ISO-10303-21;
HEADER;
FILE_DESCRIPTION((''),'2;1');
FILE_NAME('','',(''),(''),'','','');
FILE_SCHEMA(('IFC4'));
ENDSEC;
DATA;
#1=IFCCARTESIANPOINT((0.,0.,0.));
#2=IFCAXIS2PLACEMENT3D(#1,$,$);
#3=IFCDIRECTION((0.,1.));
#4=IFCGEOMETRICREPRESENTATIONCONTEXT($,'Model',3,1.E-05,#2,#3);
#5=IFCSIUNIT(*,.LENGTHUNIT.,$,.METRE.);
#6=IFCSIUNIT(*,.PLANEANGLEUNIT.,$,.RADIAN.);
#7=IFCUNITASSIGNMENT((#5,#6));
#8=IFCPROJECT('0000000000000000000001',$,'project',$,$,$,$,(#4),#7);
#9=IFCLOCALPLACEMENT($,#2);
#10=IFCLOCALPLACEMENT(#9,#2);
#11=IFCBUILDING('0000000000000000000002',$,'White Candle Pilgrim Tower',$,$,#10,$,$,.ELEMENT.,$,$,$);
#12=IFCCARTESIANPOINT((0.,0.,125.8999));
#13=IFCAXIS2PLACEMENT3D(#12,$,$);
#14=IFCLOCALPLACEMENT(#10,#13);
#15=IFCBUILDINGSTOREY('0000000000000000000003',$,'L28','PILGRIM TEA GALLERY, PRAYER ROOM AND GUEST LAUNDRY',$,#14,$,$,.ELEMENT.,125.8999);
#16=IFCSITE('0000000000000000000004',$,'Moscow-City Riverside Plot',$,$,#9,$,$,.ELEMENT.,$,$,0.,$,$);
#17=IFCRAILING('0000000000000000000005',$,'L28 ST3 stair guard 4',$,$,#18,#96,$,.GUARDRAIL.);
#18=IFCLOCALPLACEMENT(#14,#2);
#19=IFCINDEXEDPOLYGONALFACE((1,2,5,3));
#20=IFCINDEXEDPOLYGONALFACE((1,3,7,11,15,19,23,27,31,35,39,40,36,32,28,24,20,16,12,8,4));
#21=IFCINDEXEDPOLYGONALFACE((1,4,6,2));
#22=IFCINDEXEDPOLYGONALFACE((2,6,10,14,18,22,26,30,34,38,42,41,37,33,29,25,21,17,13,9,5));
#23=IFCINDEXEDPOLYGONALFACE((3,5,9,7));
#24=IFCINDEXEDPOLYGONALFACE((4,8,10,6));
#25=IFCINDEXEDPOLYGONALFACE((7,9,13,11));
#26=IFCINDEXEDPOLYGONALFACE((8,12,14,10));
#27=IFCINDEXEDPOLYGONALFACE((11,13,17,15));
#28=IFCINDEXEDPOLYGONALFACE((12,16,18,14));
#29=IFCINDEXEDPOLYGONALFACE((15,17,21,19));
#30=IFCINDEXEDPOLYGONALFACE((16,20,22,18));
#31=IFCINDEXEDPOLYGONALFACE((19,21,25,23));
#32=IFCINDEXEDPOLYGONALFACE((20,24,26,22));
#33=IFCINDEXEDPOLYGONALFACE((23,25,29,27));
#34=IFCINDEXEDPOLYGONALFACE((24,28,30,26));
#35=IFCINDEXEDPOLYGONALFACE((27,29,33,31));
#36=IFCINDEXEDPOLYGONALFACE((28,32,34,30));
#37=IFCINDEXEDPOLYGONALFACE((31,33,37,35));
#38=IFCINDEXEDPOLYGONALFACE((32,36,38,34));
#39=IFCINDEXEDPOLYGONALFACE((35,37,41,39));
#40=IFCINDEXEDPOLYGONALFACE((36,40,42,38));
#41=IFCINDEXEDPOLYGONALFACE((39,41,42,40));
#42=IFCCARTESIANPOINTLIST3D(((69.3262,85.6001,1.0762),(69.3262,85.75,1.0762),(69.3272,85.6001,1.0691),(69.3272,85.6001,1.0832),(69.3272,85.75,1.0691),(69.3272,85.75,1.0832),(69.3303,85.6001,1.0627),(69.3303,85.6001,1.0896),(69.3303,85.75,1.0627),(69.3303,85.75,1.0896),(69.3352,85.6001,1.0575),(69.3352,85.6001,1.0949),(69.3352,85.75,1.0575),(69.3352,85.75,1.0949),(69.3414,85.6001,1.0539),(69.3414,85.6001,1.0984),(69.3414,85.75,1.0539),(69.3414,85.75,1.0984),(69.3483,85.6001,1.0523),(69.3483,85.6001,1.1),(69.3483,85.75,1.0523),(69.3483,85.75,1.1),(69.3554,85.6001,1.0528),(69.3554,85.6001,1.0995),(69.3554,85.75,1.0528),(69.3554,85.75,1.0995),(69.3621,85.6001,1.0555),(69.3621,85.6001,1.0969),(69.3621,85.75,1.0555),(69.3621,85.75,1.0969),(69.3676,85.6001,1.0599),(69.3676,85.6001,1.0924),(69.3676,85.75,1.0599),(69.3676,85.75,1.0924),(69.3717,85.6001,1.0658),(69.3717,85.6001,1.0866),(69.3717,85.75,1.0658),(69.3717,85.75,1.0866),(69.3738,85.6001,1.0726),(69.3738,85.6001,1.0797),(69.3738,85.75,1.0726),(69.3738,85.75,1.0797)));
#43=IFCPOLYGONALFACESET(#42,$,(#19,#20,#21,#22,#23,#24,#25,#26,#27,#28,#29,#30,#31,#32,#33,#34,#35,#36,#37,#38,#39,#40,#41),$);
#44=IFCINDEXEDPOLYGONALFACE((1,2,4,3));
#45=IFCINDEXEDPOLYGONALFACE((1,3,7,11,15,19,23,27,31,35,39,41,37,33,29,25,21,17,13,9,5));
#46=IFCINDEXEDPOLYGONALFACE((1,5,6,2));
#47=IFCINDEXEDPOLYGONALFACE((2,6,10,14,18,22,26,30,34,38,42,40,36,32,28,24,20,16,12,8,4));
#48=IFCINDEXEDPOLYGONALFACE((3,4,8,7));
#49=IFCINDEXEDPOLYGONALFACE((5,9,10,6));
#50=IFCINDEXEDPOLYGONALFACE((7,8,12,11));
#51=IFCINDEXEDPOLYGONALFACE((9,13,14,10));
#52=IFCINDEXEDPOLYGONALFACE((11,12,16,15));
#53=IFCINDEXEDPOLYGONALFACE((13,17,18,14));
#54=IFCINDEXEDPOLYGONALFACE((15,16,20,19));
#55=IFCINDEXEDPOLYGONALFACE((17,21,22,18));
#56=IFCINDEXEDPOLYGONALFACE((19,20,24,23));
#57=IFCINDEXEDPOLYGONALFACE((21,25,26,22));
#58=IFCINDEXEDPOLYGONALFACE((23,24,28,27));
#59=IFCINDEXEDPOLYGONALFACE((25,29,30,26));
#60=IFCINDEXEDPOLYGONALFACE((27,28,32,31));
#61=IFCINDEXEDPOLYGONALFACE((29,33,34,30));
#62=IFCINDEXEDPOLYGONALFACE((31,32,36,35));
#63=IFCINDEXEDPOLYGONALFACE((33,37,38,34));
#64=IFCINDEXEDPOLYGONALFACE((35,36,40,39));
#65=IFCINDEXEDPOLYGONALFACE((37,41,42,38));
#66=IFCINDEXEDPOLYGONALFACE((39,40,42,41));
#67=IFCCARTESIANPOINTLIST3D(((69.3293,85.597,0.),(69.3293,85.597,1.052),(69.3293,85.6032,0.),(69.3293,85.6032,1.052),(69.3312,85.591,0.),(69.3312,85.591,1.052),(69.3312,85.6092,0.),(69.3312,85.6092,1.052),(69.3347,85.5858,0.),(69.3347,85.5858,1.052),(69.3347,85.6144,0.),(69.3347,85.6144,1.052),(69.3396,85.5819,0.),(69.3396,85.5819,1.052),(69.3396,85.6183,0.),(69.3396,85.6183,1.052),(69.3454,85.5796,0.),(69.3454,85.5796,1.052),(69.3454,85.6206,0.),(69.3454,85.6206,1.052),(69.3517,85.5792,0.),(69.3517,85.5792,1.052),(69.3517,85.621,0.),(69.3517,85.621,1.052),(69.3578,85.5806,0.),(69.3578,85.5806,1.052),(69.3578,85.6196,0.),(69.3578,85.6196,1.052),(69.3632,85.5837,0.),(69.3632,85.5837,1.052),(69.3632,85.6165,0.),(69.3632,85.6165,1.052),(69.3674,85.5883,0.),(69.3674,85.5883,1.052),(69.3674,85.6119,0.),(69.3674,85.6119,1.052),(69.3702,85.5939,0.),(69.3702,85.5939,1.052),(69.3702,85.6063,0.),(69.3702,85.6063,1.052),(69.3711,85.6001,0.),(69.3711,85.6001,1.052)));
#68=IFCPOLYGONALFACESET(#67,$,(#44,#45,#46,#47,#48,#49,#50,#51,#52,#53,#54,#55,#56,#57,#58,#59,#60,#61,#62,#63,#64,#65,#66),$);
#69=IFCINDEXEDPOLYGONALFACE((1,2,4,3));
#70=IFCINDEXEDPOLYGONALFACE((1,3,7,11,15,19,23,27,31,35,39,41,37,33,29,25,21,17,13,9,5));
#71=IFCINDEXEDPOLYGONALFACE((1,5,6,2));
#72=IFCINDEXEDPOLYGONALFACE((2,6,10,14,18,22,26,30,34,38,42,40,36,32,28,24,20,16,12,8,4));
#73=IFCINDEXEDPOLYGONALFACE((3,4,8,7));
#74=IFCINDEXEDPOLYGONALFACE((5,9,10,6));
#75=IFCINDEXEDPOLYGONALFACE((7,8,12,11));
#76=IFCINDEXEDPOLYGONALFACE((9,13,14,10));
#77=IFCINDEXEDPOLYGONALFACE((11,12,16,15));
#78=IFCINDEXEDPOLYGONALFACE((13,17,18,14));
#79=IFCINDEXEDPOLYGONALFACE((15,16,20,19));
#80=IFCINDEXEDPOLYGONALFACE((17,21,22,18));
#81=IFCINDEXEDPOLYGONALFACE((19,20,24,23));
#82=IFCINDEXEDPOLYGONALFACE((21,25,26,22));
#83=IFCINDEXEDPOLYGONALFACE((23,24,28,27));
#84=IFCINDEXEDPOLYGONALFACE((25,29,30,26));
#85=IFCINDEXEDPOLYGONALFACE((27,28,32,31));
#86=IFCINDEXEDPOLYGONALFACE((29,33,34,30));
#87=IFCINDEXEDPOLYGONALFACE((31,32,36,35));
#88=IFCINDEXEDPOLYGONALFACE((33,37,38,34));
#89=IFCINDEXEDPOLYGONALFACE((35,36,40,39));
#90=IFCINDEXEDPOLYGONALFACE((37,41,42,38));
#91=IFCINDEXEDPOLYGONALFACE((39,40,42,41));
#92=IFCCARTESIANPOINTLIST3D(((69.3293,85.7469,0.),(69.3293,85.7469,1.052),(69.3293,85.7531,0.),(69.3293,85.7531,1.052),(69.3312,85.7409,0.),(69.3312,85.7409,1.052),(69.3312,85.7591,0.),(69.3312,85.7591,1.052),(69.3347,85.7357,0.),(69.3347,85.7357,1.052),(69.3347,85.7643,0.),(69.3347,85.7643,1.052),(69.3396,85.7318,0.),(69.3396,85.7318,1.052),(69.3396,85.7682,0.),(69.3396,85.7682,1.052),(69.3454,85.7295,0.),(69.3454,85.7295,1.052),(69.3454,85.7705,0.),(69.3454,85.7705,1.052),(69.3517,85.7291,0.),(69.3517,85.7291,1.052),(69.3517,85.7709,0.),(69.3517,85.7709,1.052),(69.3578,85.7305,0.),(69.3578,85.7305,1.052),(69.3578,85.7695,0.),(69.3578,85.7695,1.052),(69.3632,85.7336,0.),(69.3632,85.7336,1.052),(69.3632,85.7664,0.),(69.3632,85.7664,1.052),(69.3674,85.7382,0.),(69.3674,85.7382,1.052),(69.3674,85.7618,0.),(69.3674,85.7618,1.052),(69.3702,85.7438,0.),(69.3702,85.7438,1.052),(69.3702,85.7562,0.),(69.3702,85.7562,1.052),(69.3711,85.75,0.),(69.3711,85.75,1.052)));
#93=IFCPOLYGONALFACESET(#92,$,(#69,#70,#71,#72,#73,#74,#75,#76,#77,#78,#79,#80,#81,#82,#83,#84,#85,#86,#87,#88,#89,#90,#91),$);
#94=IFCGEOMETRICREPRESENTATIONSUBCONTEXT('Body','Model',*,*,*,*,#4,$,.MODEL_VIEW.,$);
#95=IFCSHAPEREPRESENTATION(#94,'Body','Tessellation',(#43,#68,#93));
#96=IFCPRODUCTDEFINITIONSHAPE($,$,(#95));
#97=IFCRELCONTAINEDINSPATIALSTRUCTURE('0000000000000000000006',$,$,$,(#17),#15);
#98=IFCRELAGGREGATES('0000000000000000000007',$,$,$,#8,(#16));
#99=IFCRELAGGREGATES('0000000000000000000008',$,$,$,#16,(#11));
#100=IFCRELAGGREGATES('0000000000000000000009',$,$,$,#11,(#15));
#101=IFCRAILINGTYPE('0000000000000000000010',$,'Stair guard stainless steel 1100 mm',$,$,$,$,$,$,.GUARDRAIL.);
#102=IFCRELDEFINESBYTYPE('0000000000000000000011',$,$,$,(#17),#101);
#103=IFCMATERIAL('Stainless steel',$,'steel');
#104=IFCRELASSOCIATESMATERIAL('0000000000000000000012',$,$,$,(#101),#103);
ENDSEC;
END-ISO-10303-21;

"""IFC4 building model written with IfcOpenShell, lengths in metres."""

from ifc_helpers import new_model, si_unit, direction, frame, origin, origin_2d, place, context, subcontext, project, spatial, circle, extrude, material, type_object, element, save


model = new_model("IFC4")

# Units and contexts
model_context = context("Model", 3, precision=1e-05, world=origin(), true_north=direction((0.0, 1.0)))
body_context = subcontext(model_context, "Body", "Model", "MODEL_VIEW")
ifc_project = project(units=[si_unit("LENGTHUNIT", "METRE"), si_unit("PLANEANGLEUNIT", "RADIAN")], contexts=[model_context])

# Site, building, storey
site_placement = place(None, origin())
site = spatial("IfcSite", under=ifc_project, at=site_placement, Name="Moscow-City Riverside Plot", CompositionType="ELEMENT", RefElevation=0.0)
building_placement = place(site_placement, origin())
building = spatial("IfcBuilding", under=site, at=building_placement, Name="White Candle Pilgrim Tower", CompositionType="ELEMENT")
storey_placement = place(building_placement, frame((0.0, 0.0, 125.8999)))
storey = spatial("IfcBuildingStorey", under=building, at=storey_placement, Name="L28", Description="PILGRIM TEA GALLERY, PRAYER ROOM AND GUEST LAUNDRY", CompositionType="ELEMENT", Elevation=125.8999)

# Railing
ifc_material_1 = material(Name="Stainless steel", Category="steel")
railing_type_1 = type_object("IfcRailingType", Name="Stair guard stainless steel 1100 mm", PredefinedType="GUARDRAIL", material=ifc_material_1)
railing_1_placement = place(storey_placement, frame((69.3501, 85.6001, 0.0)))
element("IfcRailing", 1, at=railing_1_placement, inside=storey, type_object=railing_type_1, Name="L28 ST3 stair guard 4", PredefinedType="GUARDRAIL", context=body_context, shape_type="SweptSolid", body=[
    extrude(circle(Radius=0.0239, at=origin_2d()), frame((0.0, 0.0, 1.0762), z_axis=(0.0, 1.0, 0.0), x_axis=(-1.0, 0.0, 0.0)), (0.0, 0.0, 1.0), 0.1499),
    extrude(circle(Radius=0.021, at=origin_2d()), origin(), (0.0, 0.0, 1.0), 1.052),
    extrude(circle(Radius=0.021, at=origin_2d()), frame((0.0, 0.1499, 0.0)), (0.0, 0.0, 1.0), 1.052),
])

save(model, "model.ifc")
